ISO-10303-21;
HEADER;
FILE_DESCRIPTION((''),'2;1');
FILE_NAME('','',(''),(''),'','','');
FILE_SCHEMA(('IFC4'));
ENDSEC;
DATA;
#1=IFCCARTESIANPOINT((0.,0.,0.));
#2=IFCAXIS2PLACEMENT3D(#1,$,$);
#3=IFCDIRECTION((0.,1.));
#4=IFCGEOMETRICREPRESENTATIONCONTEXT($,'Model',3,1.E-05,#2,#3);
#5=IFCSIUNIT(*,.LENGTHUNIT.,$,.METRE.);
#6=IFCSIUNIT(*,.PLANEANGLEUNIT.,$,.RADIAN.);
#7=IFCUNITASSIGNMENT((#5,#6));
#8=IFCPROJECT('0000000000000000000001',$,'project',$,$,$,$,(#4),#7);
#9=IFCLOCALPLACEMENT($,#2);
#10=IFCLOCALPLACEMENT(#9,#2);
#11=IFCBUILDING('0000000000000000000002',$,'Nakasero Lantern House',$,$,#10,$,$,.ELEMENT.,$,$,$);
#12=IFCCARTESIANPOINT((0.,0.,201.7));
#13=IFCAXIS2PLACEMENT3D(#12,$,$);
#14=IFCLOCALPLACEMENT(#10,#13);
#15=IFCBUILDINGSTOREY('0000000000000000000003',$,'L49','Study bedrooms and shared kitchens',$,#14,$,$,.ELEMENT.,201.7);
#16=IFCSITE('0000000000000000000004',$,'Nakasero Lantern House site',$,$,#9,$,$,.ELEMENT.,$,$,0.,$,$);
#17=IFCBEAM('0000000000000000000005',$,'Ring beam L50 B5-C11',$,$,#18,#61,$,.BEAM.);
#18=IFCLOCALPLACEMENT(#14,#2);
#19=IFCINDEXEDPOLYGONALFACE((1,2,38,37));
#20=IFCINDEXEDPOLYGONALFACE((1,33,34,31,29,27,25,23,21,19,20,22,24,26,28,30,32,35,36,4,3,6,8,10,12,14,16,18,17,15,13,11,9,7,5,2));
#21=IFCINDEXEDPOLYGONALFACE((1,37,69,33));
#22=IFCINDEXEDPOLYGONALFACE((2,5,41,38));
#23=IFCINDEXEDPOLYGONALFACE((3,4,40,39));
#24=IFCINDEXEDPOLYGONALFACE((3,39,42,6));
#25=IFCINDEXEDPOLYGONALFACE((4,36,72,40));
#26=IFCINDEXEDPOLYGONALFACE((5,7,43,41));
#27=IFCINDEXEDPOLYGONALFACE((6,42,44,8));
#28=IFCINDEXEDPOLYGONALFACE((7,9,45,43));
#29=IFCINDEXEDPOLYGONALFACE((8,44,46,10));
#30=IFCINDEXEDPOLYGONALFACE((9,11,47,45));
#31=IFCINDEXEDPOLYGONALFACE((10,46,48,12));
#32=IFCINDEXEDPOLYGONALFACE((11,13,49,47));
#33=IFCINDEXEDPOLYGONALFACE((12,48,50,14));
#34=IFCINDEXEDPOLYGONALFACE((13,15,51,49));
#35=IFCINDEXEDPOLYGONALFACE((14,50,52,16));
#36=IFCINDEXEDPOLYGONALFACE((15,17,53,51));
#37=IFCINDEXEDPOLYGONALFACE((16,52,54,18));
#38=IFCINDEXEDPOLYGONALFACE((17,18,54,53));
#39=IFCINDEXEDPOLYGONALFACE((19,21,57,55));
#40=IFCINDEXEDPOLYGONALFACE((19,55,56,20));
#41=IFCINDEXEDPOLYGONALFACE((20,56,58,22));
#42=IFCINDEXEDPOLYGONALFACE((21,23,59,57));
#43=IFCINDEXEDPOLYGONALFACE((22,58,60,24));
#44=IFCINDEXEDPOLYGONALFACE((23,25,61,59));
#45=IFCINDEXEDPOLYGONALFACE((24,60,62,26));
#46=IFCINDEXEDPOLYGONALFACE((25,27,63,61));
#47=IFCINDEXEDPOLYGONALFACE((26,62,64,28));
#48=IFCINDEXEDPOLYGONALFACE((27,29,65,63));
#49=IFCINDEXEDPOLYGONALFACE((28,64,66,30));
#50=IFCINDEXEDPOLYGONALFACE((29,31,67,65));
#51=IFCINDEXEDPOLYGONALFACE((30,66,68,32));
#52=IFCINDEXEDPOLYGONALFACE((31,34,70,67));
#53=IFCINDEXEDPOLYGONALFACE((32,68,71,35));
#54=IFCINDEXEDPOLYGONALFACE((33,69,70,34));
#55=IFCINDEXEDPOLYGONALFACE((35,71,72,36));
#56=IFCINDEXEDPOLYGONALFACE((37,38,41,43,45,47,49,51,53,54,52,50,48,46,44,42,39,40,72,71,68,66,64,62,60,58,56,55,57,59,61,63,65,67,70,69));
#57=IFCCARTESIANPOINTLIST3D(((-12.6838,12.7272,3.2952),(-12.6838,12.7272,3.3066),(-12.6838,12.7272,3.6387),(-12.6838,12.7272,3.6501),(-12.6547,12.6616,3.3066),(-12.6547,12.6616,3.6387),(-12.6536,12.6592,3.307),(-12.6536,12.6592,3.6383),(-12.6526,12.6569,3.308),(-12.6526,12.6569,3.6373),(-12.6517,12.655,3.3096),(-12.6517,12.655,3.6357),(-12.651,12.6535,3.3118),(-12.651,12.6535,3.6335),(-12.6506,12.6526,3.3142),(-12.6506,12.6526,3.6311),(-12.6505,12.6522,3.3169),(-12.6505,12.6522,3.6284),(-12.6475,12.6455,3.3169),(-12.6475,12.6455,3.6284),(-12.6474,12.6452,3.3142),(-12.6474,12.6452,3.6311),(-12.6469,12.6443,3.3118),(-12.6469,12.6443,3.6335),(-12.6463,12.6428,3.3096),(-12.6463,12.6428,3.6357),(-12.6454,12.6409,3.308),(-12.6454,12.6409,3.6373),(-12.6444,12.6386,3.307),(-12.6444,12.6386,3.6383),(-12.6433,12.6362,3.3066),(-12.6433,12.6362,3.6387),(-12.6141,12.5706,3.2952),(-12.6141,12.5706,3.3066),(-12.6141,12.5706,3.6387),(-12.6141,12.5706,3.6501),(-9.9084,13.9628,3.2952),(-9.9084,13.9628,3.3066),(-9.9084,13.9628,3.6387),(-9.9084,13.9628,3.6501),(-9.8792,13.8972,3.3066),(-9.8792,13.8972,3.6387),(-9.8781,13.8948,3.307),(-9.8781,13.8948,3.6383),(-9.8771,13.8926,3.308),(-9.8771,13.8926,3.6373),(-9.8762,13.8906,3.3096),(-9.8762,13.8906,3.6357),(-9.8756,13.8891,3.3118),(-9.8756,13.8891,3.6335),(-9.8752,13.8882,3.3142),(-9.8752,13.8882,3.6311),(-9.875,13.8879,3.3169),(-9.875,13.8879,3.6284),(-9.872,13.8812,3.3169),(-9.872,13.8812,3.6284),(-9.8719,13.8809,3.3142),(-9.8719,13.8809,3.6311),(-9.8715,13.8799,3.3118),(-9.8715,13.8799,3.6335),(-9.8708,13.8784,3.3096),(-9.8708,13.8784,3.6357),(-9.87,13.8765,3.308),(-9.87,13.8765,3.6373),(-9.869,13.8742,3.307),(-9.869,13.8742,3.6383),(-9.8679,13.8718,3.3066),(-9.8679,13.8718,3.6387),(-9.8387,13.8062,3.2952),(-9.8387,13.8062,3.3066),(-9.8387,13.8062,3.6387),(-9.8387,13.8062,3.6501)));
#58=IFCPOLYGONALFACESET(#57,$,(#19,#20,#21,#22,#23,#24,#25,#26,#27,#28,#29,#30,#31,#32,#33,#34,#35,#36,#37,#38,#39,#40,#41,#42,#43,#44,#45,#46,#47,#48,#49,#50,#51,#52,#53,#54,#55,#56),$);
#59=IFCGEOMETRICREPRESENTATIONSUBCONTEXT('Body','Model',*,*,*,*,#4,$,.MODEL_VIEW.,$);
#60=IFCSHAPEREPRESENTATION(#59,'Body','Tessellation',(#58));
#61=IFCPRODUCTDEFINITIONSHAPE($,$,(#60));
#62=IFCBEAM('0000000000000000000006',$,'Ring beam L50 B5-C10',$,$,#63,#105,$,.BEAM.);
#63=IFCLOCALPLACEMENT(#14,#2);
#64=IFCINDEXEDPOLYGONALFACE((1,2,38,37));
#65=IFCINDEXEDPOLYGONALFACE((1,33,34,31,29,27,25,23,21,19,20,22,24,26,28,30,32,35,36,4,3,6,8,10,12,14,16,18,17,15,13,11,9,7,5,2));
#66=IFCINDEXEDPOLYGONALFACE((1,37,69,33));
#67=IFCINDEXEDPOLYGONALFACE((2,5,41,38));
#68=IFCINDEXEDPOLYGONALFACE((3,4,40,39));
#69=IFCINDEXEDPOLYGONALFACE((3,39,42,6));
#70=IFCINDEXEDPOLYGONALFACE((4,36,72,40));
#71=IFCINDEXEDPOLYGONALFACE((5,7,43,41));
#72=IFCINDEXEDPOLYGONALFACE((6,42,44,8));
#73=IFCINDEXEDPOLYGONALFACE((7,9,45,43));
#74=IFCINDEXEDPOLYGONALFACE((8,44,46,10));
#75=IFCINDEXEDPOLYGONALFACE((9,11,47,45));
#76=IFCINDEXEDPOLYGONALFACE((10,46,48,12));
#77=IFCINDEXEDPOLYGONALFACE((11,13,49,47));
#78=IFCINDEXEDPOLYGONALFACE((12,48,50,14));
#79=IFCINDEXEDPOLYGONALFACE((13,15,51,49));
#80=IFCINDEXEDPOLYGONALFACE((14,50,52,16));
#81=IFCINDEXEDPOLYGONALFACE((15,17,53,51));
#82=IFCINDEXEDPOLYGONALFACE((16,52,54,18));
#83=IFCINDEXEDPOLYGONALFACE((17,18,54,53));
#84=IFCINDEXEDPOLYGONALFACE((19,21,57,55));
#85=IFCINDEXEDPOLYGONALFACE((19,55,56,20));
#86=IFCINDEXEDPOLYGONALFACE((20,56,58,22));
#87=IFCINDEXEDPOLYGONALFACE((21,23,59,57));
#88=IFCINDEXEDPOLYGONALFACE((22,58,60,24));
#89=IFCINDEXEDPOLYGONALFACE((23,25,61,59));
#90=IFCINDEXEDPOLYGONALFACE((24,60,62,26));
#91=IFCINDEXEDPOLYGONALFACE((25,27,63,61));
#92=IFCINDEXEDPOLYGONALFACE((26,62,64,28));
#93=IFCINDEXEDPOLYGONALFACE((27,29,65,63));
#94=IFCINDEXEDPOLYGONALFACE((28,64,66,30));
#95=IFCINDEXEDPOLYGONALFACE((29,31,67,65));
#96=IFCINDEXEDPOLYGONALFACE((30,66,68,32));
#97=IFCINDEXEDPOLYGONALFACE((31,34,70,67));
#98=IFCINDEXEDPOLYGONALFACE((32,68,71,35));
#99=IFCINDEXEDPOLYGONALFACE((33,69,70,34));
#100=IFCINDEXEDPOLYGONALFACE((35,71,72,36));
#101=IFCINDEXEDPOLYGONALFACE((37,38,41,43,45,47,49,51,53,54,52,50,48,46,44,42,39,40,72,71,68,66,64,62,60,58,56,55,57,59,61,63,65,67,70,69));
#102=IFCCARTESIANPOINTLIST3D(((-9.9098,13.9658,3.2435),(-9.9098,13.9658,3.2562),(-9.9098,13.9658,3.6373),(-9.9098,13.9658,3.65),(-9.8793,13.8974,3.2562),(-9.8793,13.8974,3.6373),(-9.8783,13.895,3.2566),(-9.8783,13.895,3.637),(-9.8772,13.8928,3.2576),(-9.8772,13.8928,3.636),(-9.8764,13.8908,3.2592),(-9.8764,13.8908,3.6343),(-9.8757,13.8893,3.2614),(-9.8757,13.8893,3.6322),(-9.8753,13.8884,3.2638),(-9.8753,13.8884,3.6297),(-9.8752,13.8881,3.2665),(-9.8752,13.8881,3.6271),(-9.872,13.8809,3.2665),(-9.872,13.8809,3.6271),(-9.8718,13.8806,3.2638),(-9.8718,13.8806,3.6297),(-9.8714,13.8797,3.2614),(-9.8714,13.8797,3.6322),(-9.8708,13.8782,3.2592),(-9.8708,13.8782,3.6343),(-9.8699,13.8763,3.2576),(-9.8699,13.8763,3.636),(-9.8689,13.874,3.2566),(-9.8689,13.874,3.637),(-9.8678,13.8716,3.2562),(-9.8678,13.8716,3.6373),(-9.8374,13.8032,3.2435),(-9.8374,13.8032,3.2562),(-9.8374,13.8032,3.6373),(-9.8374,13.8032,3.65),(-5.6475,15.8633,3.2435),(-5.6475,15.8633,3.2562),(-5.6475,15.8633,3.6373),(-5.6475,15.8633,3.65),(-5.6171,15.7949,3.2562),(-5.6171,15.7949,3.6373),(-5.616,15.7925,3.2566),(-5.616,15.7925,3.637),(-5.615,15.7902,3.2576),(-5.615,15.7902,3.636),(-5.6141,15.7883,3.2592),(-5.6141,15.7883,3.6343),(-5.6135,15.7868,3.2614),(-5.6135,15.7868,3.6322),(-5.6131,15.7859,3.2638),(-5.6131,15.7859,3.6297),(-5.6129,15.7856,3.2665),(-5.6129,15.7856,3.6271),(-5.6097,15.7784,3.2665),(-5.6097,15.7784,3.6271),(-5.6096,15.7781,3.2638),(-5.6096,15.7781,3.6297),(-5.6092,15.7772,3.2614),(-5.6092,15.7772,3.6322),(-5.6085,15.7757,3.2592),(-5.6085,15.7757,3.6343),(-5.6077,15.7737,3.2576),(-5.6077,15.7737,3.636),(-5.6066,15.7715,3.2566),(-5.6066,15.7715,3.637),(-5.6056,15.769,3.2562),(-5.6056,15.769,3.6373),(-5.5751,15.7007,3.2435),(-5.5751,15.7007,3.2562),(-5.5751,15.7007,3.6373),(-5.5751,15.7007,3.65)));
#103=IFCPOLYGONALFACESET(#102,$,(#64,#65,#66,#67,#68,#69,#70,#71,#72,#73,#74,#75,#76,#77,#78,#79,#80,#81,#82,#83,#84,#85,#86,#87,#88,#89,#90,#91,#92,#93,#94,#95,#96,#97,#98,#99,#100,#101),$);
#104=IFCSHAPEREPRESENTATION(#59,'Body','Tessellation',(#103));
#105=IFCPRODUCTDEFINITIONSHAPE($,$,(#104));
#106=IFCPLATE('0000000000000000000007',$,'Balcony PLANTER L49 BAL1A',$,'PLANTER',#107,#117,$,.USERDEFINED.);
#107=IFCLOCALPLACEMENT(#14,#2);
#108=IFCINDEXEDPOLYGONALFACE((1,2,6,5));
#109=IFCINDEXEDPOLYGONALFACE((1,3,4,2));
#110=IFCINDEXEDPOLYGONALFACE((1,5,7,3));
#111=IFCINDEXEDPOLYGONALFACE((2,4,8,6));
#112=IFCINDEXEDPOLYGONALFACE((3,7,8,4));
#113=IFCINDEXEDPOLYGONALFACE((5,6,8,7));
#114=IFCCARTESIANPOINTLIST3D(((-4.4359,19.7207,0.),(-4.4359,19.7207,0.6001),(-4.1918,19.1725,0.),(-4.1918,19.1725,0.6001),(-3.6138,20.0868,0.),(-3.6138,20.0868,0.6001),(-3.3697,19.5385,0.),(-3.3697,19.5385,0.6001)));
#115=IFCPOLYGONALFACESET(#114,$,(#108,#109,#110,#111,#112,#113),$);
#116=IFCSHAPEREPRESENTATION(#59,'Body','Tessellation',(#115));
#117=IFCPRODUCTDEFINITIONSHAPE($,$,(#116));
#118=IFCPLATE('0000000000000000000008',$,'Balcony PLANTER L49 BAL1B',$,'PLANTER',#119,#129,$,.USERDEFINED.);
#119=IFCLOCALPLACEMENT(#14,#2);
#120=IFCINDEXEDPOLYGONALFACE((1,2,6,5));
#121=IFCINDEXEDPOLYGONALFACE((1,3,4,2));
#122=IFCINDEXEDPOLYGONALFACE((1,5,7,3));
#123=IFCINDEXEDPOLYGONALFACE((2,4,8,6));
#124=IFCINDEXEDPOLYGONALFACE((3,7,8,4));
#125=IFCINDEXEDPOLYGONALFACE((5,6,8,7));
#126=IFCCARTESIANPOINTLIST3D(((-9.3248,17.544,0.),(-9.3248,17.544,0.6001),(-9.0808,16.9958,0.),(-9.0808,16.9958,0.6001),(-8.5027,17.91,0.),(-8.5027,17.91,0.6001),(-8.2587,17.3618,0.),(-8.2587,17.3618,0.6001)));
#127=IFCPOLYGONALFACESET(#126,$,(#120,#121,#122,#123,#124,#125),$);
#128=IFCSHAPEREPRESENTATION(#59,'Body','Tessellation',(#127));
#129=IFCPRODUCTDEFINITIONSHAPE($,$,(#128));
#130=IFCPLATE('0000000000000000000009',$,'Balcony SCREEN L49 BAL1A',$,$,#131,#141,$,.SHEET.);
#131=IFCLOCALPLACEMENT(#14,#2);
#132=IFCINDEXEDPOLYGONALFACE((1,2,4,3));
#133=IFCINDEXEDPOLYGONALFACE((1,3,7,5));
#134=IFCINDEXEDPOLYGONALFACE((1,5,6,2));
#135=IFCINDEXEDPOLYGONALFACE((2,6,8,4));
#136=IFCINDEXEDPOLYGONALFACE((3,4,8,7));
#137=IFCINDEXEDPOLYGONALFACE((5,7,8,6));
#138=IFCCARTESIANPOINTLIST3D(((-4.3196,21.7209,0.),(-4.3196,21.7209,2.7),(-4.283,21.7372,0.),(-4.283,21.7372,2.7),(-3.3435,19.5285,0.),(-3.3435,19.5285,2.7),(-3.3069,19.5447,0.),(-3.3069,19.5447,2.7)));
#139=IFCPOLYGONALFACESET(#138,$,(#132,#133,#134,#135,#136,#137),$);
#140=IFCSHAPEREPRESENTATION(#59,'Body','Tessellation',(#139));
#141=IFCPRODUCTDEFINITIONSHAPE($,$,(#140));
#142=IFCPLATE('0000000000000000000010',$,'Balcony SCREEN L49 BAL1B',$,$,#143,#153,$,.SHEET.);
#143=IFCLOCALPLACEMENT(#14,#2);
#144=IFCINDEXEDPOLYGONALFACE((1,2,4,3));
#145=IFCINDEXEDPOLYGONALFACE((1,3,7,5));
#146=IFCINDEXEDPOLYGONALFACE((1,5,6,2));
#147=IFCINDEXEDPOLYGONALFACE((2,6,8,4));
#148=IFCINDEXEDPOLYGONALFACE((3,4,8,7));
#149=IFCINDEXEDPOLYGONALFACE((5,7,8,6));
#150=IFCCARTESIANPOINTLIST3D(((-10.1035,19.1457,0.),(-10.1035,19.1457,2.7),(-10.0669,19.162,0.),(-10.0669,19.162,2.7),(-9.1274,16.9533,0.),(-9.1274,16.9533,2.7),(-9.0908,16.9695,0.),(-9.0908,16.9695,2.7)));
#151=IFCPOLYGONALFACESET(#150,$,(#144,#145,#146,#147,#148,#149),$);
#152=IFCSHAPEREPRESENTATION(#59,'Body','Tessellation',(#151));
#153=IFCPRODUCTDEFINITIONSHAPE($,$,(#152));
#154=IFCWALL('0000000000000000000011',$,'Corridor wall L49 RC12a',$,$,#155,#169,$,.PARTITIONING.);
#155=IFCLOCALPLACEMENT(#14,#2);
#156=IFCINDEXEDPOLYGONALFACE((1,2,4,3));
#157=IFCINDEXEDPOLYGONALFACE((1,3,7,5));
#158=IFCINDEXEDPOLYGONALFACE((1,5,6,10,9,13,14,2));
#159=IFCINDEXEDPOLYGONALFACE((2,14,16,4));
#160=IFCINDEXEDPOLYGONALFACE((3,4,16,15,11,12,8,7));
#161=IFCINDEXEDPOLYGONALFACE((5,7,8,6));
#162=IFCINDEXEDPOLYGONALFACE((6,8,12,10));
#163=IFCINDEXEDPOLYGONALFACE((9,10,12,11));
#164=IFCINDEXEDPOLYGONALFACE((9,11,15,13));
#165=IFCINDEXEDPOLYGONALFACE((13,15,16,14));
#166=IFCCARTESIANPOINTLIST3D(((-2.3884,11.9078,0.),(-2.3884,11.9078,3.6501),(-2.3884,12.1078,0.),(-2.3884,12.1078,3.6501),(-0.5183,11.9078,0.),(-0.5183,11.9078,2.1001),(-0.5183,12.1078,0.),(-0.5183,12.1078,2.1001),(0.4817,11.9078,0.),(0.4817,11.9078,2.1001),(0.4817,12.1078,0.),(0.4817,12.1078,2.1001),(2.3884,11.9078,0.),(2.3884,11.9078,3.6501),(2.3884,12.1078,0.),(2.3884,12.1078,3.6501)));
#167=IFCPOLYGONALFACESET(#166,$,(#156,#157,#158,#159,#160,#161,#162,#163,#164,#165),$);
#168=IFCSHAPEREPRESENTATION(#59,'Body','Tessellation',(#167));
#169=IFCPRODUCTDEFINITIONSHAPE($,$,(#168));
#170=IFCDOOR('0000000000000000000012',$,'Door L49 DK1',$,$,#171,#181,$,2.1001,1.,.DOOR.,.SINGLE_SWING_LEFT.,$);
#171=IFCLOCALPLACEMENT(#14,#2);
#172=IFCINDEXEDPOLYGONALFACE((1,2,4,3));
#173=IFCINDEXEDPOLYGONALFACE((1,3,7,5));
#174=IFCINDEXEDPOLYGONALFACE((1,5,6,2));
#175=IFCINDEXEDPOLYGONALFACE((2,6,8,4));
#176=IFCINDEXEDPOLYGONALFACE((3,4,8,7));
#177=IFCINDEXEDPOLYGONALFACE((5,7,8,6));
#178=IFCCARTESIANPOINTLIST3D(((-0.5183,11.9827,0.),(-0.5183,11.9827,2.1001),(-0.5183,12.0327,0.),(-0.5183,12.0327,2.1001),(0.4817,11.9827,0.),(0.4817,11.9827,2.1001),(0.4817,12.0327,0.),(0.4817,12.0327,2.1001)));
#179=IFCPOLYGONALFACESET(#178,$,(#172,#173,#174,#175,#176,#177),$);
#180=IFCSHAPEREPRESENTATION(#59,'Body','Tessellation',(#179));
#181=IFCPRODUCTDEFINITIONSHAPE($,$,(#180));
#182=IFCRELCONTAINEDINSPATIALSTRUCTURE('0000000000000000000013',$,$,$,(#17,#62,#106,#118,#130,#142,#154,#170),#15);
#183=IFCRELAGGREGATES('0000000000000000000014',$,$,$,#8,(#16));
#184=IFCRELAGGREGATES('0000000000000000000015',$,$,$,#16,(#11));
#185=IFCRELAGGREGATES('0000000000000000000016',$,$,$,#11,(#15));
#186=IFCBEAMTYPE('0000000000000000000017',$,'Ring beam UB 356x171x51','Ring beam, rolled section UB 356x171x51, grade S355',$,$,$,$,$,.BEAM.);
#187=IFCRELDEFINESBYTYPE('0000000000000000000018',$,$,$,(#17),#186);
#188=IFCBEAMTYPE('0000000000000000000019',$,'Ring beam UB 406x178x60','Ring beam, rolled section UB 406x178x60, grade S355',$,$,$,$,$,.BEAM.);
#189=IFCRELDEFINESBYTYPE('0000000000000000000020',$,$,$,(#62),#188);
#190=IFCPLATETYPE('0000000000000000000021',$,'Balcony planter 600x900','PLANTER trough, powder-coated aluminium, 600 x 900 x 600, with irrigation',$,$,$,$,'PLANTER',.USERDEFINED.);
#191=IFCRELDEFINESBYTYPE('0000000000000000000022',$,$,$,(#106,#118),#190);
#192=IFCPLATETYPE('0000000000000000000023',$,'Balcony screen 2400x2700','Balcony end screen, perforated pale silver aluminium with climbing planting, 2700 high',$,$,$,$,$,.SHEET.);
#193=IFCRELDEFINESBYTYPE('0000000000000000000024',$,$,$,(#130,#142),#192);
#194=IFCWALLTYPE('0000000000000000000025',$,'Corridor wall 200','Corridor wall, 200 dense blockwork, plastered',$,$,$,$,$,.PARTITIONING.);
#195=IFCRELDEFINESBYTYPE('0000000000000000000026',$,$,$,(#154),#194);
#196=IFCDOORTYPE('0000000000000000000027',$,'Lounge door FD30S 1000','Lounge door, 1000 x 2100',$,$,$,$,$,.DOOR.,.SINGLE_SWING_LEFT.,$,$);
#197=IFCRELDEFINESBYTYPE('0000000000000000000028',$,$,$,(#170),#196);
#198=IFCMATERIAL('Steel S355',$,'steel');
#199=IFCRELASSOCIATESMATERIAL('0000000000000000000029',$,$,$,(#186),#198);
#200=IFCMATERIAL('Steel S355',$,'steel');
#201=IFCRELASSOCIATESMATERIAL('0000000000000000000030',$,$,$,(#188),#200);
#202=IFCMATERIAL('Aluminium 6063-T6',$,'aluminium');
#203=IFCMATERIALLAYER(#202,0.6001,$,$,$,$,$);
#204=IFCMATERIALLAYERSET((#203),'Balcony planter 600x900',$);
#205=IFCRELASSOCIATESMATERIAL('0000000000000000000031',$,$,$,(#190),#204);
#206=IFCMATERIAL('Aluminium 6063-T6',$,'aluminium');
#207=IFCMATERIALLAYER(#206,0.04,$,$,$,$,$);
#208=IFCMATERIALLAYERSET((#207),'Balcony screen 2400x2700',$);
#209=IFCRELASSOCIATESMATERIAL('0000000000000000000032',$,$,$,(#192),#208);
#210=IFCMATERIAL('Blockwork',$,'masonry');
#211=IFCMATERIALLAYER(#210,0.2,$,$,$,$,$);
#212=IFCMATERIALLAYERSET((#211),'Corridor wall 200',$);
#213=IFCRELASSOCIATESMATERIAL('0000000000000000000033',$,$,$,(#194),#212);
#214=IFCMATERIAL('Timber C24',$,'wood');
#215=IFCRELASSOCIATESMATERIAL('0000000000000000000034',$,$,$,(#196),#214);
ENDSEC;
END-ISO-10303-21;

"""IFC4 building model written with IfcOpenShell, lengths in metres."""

from ifc_helpers import new_model, si_unit, direction, frame, frame_2d, origin, origin_2d, place, context, subcontext, project, spatial, rectangle, i_section, extrude, material, layer, layer_set, material_profile, profile_set, type_object, element, fill, save


model = new_model("IFC4")

# Units and contexts
model_context = context("Model", 3, precision=1e-05, world=origin(), true_north=direction((0.0, 1.0)))
body_context = subcontext(model_context, "Body", "Model", "MODEL_VIEW")
ifc_project = project(units=[si_unit("LENGTHUNIT", "METRE"), si_unit("PLANEANGLEUNIT", "RADIAN")], contexts=[model_context])

# Site, building, storey
site_placement = place(None, origin())
site = spatial("IfcSite", under=ifc_project, at=site_placement, Name="Nakasero Lantern House site", CompositionType="ELEMENT", RefElevation=0.0)
building_placement = place(site_placement, origin())
building = spatial("IfcBuilding", under=site, at=building_placement, Name="Nakasero Lantern House", CompositionType="ELEMENT")
storey_placement = place(building_placement, frame((0.0, 0.0, 201.7)))
storey = spatial("IfcBuildingStorey", under=building, at=storey_placement, Name="L49", Description="Study bedrooms and shared kitchens", CompositionType="ELEMENT", Elevation=201.7)

# Beams
ifc_material_1 = material(Name="Steel S355", Category="steel")
ifc_material_profile_1 = material_profile(ifc_material_1, i_section(OverallWidth=0.1714, OverallDepth=0.355, WebThickness=0.0073, FlangeThickness=0.0115, FilletRadius=0.0103, at=origin_2d()), Name="UB 356x171x51")
ifc_profile_set_1 = profile_set([ifc_material_profile_1], Name="Steel S355")
beam_type_1 = type_object("IfcBeamType", Name="Ring beam UB 356x171x51", Description="Ring beam, rolled section UB 356x171x51, grade S355", PredefinedType="BEAM", material=ifc_profile_set_1)
beam_1_placement = place(storey_placement, frame((-9.8735, 13.8845, 3.4727), z_axis=(-0.913556, -0.406713, 0.0), x_axis=(0.406713, -0.913556, 0.0)))
element("IfcBeam", 1, at=beam_1_placement, inside=storey, type_object=beam_type_1, Name="Ring beam L50 B5-C11", PredefinedType="BEAM", context=body_context, shape_type="SweptSolid", body=[
    extrude(i_section(OverallWidth=0.1714, OverallDepth=0.355, WebThickness=0.0073, FlangeThickness=0.0115, FilletRadius=0.0103, at=origin_2d()), origin(), (0.0, 0.0, 1.0), 3.0381),
])
ifc_material_2 = material(Name="Steel S355", Category="steel")
ifc_material_profile_2 = material_profile(ifc_material_2, i_section(OverallWidth=0.178, OverallDepth=0.4065, WebThickness=0.0078, FlangeThickness=0.0127, FilletRadius=0.0103, at=origin_2d()), Name="UB 406x178x60")
ifc_profile_set_2 = profile_set([ifc_material_profile_2], Name="Steel S355")
beam_type_2 = type_object("IfcBeamType", Name="Ring beam UB 406x178x60", Description="Ring beam, rolled section UB 406x178x60, grade S355", PredefinedType="BEAM", material=ifc_profile_set_2)
beam_2_placement = place(storey_placement, frame((-5.6113, 15.782, 3.4468), z_axis=(-0.913561, -0.406702, 0.0), x_axis=(0.406702, -0.913561, 0.0)))
element("IfcBeam", 2, at=beam_2_placement, inside=storey, type_object=beam_type_2, Name="Ring beam L50 B5-C10", PredefinedType="BEAM", context=body_context, shape_type="SweptSolid", body=[
    extrude(i_section(OverallWidth=0.178, OverallDepth=0.4065, WebThickness=0.0078, FlangeThickness=0.0127, FilletRadius=0.0103, at=origin_2d()), origin(), (0.0, 0.0, 1.0), 4.6655),
])

# Plates
ifc_material_3 = material(Name="Aluminium 6063-T6", Category="aluminium")
ifc_layer_1 = layer(ifc_material_3, 0.6001)
ifc_layer_set_1 = layer_set([ifc_layer_1], Name="Balcony planter 600x900")
plate_type_1 = type_object("IfcPlateType", Name="Balcony planter 600x900", Description="PLANTER trough, powder-coated aluminium, 600 x 900 x 600, with irrigation", ElementType="PLANTER", PredefinedType="USERDEFINED", material=ifc_layer_set_1)
for number, where, z_axis, x_axis, name in (
    (3, (-3.9028, 19.6296, 0.0), (0.0, 0.0, 1.0), (-0.406737, 0.913545, 0.0), "Balcony PLANTER L49 BAL1A"),
    (4, (-8.7917, 17.4529, 0.0), (0.0, 0.0, 1.0), (-0.406737, 0.913545, 0.0), "Balcony PLANTER L49 BAL1B"),
):
    element("IfcPlate", number, at=place(storey_placement, frame(where, z_axis=z_axis, x_axis=x_axis)), inside=storey, type_object=plate_type_1, Name=name, ObjectType="PLANTER", PredefinedType="USERDEFINED", context=body_context, shape_type="SweptSolid", body=[
        extrude(rectangle(XDim=0.6001, YDim=0.8999, at=origin_2d()), origin(), (0.0, 0.0, 1.0), 0.6001),
    ])
ifc_material_4 = material(Name="Aluminium 6063-T6", Category="aluminium")
ifc_layer_2 = layer(ifc_material_4, 0.04)
ifc_layer_set_2 = layer_set([ifc_layer_2], Name="Balcony screen 2400x2700")
plate_type_2 = type_object("IfcPlateType", Name="Balcony screen 2400x2700", Description="Balcony end screen, perforated pale silver aluminium with climbing planting, 2700 high", PredefinedType="SHEET", material=ifc_layer_set_2)
for number, where, z_axis, x_axis, name in (
    (5, (-3.8132, 20.6328, 0.0), (0.0, 0.0, 1.0), (-0.406737, 0.913545, 0.0), "Balcony SCREEN L49 BAL1A"),
    (6, (-9.5972, 18.0576, 0.0), (0.0, 0.0, 1.0), (-0.406737, 0.913545, 0.0), "Balcony SCREEN L49 BAL1B"),
):
    element("IfcPlate", number, at=place(storey_placement, frame(where, z_axis=z_axis, x_axis=x_axis)), inside=storey, type_object=plate_type_2, Name=name, PredefinedType="SHEET", context=body_context, shape_type="SweptSolid", body=[
        extrude(rectangle(XDim=2.3999, YDim=0.04, at=origin_2d()), origin(), (0.0, 0.0, 1.0), 2.7),
    ])

# Wall, opening, door
ifc_material_5 = material(Name="Blockwork", Category="masonry")
ifc_layer_3 = layer(ifc_material_5, 0.2)
ifc_layer_set_3 = layer_set([ifc_layer_3], Name="Corridor wall 200")
wall_type_1 = type_object("IfcWallType", Name="Corridor wall 200", Description="Corridor wall, 200 dense blockwork, plastered", PredefinedType="PARTITIONING", material=ifc_layer_set_3)
wall_1_placement = place(storey_placement, frame((-2.3884, 12.0078, 0.0), z_axis=(0.0, 0.0, 1.0), x_axis=(1.0, 0.0, 0.0)))
wall_1 = element("IfcWall", 7, at=wall_1_placement, inside=storey, type_object=wall_type_1, Name="Corridor wall L49 RC12a", PredefinedType="PARTITIONING", context=body_context, shape_type="SweptSolid", body=[
    extrude(rectangle(XDim=4.7769, YDim=0.2, at=frame_2d((2.3884, 0.0))), origin(), (0.0, 0.0, 1.0), 3.6501),
])
opening_1_placement = place(wall_1_placement, frame((1.8701, 0.0, 0.0)))
opening_1 = element("IfcOpeningElement", 8, at=opening_1_placement, cuts=wall_1, PredefinedType="OPENING", context=body_context, shape_type="SweptSolid", body=[
    extrude(rectangle(XDim=1.0, YDim=2.1001, at=frame_2d((0.5, 1.05))), frame((0.0, 0.1199, 0.0), z_axis=(0.0, -1.0, 0.0), x_axis=(1.0, 0.0, 0.0)), (0.0, 0.0, 1.0), 0.24),
])
ifc_material_6 = material(Name="Timber C24", Category="wood")
door_type_1 = type_object("IfcDoorType", Name="Lounge door FD30S 1000", Description="Lounge door, 1000 x 2100", OperationType="SINGLE_SWING_LEFT", PredefinedType="DOOR", material=ifc_material_6)
door_1_placement = place(opening_1_placement, origin())
door_1 = element("IfcDoor", 9, at=door_1_placement, inside=storey, type_object=door_type_1, Name="Door L49 DK1", OperationType="SINGLE_SWING_LEFT", OverallHeight=2.1001, OverallWidth=1.0, PredefinedType="DOOR", context=body_context, shape_type="SweptSolid", body=[
    extrude(rectangle(XDim=1.0, YDim=2.1001, at=frame_2d((0.5, 1.05))), frame((0.0, 0.0249, 0.0), z_axis=(0.0, -1.0, 0.0), x_axis=(1.0, 0.0, 0.0)), (0.0, 0.0, 1.0), 0.05),
])
fill(opening_1, door_1)

save(model, "model.ifc")
